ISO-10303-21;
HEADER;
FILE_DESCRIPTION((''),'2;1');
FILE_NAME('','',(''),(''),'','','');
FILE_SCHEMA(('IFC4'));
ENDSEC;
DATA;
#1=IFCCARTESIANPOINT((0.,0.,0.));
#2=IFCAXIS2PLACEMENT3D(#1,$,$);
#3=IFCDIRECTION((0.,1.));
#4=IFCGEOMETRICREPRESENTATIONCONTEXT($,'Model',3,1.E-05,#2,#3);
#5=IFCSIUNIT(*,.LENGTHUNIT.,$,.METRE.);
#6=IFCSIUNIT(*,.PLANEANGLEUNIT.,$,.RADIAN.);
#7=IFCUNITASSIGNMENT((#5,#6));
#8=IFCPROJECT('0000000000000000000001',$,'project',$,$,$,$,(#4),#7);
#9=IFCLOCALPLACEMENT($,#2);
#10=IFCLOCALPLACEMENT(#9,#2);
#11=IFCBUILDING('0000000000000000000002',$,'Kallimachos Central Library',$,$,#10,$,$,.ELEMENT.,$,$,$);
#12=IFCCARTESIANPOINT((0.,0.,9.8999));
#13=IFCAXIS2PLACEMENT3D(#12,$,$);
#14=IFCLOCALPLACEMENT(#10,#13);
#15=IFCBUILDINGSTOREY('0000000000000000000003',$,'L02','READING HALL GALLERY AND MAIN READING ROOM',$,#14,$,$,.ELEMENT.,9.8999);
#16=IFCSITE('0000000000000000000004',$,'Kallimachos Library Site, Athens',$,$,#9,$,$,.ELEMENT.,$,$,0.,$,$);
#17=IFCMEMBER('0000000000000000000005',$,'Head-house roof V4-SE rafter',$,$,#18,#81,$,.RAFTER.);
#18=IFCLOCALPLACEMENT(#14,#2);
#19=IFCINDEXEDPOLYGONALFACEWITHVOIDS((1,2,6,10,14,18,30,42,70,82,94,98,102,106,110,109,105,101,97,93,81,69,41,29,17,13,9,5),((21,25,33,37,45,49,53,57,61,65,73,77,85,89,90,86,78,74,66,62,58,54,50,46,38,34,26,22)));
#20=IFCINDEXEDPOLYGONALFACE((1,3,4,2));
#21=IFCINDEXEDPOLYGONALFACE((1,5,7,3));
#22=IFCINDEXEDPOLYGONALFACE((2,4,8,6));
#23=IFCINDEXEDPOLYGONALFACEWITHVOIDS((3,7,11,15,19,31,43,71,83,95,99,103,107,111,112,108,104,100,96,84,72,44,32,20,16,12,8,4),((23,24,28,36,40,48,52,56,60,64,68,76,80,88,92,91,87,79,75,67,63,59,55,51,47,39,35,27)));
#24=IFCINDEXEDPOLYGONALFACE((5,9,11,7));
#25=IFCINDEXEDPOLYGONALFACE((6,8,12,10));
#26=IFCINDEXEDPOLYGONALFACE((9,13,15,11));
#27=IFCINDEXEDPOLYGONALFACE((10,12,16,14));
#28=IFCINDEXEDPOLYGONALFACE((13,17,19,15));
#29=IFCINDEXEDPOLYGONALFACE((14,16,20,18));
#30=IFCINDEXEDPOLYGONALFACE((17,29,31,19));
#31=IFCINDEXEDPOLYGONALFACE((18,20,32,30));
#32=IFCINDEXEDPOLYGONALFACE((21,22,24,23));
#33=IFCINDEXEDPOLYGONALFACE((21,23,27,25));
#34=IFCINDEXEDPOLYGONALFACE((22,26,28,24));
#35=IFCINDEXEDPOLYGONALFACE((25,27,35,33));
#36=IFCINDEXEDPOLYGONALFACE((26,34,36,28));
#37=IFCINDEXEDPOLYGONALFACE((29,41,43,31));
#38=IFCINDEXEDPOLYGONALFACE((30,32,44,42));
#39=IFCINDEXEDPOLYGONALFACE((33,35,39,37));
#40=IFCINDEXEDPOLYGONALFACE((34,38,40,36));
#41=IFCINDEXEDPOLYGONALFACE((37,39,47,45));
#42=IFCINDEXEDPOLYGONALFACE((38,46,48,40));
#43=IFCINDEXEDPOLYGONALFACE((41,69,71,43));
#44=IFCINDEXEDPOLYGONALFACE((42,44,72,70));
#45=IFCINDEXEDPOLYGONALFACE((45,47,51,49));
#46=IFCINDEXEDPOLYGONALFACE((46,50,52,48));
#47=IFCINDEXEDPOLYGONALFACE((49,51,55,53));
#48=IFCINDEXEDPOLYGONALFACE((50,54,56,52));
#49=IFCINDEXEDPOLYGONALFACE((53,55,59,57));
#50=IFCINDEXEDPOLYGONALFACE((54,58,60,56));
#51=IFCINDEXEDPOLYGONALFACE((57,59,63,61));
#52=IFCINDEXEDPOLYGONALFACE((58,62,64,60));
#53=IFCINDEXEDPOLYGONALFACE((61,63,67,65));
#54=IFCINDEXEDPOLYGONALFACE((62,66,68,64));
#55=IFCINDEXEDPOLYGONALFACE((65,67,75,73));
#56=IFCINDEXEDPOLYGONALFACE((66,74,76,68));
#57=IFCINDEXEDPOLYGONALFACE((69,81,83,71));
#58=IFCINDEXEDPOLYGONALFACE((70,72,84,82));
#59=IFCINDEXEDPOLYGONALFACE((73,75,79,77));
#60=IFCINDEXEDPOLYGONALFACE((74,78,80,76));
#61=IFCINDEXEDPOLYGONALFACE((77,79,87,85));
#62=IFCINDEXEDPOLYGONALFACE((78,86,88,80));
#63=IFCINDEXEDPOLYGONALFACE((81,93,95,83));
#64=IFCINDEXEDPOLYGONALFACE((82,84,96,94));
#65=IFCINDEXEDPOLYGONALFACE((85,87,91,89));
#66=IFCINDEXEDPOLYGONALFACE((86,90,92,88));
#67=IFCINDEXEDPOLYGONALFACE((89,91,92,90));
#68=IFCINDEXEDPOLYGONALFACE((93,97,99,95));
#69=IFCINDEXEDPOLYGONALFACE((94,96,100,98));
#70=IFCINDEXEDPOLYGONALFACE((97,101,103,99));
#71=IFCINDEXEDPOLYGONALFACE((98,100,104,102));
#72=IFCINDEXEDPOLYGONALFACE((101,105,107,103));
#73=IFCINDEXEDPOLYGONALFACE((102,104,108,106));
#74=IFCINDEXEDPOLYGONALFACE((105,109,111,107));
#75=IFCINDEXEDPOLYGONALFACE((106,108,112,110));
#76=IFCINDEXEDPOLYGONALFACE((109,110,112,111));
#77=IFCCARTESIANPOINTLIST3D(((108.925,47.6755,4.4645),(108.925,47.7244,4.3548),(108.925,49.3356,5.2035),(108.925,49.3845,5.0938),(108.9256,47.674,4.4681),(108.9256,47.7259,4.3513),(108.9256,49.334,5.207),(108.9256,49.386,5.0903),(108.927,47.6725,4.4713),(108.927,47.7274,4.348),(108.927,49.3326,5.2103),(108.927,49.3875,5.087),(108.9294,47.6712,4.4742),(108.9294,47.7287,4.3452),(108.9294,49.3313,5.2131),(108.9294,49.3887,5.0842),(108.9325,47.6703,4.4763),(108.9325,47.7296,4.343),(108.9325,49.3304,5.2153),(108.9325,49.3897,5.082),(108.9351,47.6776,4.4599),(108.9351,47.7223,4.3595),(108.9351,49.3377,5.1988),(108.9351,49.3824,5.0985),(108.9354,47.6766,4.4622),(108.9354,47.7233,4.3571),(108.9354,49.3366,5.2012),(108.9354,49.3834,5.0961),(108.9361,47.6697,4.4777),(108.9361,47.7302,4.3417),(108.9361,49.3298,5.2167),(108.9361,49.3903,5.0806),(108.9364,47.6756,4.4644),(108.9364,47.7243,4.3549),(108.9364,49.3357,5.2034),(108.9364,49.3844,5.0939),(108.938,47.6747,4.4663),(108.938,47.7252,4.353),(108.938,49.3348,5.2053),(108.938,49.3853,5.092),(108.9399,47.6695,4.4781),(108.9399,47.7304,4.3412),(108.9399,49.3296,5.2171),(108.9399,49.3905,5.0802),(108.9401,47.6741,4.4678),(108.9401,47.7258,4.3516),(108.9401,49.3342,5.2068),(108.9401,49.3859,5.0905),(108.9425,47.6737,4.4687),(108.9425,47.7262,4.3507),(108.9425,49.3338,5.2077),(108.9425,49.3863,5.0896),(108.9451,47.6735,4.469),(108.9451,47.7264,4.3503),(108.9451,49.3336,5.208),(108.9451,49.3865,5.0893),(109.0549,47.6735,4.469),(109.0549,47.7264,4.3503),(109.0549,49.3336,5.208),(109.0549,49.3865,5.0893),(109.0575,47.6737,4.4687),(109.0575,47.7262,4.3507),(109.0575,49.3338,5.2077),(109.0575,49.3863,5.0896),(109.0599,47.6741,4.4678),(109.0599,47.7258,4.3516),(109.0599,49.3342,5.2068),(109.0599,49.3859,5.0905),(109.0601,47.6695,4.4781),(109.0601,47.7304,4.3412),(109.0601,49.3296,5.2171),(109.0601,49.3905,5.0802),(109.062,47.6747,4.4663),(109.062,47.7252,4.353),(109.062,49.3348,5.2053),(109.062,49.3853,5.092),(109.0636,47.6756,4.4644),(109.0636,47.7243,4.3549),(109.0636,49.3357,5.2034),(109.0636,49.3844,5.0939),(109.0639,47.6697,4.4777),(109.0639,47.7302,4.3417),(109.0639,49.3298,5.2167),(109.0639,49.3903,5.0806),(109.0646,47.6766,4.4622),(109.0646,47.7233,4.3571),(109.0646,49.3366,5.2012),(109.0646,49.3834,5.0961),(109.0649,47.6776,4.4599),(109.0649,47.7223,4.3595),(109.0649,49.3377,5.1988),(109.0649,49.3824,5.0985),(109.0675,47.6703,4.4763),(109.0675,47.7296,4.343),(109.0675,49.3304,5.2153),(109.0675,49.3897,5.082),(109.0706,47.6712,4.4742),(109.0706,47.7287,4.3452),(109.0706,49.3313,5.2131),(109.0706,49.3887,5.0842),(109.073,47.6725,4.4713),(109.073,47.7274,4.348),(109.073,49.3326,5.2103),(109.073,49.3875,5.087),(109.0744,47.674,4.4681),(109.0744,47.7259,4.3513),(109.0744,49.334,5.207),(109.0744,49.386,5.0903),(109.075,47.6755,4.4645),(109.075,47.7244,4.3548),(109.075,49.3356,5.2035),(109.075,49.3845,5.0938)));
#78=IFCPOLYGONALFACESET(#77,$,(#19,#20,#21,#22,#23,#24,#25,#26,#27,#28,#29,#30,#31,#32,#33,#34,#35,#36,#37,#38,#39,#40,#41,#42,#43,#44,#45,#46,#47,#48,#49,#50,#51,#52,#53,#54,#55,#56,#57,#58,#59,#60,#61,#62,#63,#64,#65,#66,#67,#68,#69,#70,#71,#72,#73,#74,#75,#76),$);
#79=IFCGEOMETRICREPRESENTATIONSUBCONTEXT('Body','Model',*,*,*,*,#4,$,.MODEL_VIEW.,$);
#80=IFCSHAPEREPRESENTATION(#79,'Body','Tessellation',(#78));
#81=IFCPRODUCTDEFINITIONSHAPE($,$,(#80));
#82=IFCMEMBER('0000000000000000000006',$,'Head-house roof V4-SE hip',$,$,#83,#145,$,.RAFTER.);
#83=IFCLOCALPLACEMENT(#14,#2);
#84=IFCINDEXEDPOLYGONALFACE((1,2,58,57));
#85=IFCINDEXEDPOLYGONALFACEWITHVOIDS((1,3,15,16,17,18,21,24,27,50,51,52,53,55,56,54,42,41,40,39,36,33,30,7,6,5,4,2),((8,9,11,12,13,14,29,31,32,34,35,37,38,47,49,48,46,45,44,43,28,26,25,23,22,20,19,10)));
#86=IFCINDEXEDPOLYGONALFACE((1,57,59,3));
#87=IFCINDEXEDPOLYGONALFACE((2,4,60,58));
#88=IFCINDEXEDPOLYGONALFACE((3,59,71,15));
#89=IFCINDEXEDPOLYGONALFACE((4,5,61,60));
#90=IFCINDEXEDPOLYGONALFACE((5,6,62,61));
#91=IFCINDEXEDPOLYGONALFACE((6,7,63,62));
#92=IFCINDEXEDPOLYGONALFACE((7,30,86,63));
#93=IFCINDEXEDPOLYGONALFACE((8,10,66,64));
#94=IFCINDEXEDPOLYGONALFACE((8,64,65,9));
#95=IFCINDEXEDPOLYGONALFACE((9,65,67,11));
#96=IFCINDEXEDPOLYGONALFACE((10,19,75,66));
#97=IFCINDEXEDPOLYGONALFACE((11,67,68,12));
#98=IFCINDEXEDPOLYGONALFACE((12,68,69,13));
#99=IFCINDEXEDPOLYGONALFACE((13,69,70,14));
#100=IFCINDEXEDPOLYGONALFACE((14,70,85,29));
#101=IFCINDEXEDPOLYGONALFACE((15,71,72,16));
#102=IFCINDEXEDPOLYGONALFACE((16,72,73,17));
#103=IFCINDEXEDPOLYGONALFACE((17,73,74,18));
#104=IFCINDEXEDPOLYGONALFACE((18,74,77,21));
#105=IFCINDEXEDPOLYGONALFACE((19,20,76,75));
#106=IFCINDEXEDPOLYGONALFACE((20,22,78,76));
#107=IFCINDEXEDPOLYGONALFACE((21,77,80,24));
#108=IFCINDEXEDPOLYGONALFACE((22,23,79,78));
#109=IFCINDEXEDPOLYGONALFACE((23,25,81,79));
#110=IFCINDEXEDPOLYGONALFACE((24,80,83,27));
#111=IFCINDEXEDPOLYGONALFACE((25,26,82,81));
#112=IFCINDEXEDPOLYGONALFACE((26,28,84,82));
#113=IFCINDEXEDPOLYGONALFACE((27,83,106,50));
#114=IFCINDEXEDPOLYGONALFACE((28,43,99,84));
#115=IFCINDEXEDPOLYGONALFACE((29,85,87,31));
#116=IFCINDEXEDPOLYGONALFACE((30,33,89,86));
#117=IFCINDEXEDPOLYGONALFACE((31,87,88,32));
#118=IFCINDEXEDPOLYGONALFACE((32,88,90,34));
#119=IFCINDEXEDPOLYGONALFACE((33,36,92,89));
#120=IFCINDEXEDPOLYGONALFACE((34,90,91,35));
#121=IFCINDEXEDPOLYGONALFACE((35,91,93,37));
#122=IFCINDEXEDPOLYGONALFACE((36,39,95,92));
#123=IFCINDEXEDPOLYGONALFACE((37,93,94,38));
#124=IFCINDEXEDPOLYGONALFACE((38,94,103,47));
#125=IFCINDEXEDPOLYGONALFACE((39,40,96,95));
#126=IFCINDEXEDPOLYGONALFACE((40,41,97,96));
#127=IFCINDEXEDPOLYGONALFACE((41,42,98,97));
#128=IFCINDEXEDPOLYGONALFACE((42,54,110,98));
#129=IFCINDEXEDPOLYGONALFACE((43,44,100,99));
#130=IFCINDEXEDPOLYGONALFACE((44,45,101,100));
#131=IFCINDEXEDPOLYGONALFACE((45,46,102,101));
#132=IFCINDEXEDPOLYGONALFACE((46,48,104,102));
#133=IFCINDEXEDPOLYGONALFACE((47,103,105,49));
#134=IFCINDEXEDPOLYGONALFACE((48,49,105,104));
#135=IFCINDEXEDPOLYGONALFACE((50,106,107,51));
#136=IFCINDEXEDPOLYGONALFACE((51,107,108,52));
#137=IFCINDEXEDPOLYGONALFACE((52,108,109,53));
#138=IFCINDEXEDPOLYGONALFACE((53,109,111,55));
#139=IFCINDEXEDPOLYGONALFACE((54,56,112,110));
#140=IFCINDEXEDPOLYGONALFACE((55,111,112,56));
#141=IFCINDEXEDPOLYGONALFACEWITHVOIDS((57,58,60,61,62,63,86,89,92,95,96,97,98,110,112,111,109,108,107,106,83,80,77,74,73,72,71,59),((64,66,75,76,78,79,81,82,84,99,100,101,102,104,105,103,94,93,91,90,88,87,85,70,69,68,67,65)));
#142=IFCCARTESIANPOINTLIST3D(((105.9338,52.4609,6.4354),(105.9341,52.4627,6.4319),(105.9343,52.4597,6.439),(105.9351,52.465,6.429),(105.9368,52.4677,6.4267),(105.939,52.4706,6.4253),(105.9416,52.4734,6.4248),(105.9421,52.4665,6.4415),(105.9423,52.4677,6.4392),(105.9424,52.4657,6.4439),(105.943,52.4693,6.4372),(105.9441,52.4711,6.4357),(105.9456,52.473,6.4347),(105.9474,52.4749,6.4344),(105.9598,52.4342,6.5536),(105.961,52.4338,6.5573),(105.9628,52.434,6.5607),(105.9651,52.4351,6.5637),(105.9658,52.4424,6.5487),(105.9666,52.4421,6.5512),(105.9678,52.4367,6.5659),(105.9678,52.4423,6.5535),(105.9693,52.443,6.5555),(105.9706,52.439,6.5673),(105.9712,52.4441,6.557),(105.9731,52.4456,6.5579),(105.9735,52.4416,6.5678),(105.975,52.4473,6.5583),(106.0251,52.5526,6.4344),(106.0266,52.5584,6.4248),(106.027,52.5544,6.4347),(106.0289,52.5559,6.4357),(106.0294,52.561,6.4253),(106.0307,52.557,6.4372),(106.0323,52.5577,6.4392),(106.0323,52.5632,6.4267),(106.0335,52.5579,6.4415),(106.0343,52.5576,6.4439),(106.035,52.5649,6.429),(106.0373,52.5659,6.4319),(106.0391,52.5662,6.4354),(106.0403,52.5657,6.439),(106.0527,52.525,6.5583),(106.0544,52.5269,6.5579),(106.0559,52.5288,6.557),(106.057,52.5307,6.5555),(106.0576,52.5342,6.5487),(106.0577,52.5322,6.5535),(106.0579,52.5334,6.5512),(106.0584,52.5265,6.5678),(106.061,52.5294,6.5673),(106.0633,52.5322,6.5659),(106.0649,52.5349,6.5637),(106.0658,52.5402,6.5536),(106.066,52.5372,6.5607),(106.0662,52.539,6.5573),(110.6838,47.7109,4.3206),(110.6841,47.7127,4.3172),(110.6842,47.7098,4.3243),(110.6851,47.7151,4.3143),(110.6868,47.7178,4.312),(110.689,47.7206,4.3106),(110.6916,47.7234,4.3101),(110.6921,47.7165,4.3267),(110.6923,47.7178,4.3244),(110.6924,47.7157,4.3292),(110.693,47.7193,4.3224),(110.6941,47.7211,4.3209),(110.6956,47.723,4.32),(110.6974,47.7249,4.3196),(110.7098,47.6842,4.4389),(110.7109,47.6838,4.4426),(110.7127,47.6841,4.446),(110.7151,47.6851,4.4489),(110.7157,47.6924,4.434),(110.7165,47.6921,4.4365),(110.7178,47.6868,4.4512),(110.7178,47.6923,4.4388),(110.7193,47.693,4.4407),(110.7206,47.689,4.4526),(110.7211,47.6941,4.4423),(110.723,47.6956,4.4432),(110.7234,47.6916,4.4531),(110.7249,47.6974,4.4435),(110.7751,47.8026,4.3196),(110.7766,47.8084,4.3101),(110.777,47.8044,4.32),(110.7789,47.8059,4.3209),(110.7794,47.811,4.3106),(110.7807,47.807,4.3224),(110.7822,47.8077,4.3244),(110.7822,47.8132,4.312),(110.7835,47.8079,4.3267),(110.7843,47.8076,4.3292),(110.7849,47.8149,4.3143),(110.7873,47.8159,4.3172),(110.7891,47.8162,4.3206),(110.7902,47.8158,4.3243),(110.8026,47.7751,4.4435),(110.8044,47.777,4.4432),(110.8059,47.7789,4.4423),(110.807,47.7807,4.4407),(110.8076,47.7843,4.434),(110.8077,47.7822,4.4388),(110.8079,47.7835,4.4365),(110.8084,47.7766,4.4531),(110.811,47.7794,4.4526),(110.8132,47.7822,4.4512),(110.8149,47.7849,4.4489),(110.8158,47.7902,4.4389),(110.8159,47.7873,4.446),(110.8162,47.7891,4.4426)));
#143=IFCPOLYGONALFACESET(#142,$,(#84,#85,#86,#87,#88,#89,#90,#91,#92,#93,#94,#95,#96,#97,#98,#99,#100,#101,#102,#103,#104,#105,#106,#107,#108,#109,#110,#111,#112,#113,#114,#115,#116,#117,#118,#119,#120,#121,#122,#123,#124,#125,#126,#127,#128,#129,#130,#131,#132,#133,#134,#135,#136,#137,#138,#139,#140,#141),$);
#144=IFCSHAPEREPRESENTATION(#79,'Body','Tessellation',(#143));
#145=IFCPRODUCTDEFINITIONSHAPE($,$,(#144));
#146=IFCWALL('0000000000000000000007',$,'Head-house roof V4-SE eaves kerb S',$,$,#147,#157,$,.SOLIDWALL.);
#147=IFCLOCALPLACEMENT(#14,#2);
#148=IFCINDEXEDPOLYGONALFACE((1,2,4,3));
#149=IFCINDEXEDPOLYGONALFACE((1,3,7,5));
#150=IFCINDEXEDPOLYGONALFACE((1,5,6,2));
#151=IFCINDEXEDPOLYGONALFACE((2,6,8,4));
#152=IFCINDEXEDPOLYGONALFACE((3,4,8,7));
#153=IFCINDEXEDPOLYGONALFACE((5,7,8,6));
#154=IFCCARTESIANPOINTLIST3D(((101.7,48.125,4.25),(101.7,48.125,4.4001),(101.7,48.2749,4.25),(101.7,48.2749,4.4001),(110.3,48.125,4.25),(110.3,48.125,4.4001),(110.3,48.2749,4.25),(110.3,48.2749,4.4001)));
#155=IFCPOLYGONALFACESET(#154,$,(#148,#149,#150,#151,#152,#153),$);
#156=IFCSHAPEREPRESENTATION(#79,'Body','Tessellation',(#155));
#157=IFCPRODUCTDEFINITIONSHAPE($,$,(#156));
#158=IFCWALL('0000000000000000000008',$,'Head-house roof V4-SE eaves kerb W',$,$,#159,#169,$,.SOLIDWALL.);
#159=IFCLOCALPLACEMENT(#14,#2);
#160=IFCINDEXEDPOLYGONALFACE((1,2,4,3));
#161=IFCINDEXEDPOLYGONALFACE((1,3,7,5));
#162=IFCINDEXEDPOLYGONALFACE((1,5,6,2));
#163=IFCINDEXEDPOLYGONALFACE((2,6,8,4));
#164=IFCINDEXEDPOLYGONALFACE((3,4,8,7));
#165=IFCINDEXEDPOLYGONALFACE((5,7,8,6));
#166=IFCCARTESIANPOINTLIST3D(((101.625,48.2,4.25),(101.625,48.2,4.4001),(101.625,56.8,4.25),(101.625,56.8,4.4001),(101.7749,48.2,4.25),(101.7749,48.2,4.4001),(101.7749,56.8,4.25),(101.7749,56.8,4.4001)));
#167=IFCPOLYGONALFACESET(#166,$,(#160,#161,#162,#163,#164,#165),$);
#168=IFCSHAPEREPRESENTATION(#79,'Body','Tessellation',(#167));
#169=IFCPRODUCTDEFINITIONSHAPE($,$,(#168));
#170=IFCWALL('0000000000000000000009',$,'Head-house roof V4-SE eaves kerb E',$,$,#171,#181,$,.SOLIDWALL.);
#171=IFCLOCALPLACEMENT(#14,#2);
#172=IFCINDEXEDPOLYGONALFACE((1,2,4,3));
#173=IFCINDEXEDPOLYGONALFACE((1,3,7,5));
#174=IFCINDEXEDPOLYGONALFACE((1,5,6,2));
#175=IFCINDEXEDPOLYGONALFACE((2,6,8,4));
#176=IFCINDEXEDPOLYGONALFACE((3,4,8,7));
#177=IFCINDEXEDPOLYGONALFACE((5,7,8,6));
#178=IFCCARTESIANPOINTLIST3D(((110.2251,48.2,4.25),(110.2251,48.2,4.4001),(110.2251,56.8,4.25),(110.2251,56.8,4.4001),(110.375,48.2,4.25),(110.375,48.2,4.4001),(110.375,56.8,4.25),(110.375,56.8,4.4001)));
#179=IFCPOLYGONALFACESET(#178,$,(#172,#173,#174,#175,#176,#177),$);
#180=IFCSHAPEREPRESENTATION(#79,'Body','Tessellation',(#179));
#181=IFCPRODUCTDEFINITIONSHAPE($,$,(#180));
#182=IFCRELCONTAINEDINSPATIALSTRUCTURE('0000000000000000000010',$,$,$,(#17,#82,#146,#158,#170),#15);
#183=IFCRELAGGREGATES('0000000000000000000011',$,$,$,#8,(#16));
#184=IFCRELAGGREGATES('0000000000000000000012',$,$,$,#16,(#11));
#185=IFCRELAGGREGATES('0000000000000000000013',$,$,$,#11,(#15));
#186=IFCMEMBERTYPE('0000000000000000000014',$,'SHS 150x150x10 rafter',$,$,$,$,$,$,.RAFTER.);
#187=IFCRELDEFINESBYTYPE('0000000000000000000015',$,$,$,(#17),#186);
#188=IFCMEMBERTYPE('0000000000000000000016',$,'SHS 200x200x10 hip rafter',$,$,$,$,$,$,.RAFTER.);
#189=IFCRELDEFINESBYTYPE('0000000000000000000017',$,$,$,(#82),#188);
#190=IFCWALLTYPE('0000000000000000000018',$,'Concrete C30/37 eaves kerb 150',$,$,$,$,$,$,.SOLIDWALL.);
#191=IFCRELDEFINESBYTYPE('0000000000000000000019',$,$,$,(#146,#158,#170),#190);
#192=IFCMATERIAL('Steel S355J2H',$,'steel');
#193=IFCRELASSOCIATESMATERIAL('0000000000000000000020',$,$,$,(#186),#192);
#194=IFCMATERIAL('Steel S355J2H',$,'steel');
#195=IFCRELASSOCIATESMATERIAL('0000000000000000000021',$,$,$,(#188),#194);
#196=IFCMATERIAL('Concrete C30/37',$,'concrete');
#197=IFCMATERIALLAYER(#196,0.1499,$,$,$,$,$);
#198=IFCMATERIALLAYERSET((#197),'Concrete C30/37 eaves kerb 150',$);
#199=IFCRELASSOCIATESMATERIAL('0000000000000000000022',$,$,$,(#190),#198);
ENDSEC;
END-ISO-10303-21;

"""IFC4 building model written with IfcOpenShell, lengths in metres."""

from ifc_helpers import new_model, si_unit, direction, frame, frame_2d, origin, origin_2d, place, context, subcontext, project, spatial, rectangle, hollow_rectangle, extrude, material, layer, layer_set, material_profile, profile_set, type_object, element, save


model = new_model("IFC4")

# Units and contexts
model_context = context("Model", 3, precision=1e-05, world=origin(), true_north=direction((0.0, 1.0)))
body_context = subcontext(model_context, "Body", "Model", "MODEL_VIEW")
ifc_project = project(units=[si_unit("LENGTHUNIT", "METRE"), si_unit("PLANEANGLEUNIT", "RADIAN")], contexts=[model_context])

# Site, building, storey
site_placement = place(None, origin())
site = spatial("IfcSite", under=ifc_project, at=site_placement, Name="Kallimachos Library Site, Athens", CompositionType="ELEMENT", RefElevation=0.0)
building_placement = place(site_placement, origin())
building = spatial("IfcBuilding", under=site, at=building_placement, Name="Kallimachos Central Library", CompositionType="ELEMENT")
storey_placement = place(building_placement, frame((0.0, 0.0, 9.8999)))
storey = spatial("IfcBuildingStorey", under=building, at=storey_placement, Name="L02", Description="READING HALL GALLERY AND MAIN READING ROOM", CompositionType="ELEMENT", Elevation=9.8999)

# Members
ifc_material_1 = material(Name="Steel S355J2H", Category="steel")
ifc_material_profile_1 = material_profile(ifc_material_1, hollow_rectangle(XDim=0.1499, YDim=0.1499, WallThickness=0.01, InnerFilletRadius=0.01, OuterFilletRadius=0.0149, at=origin_2d()), Name="SHS 150x150x10")
ifc_profile_set_1 = profile_set([ifc_material_profile_1], Name="Steel S355J2H")
member_type_1 = type_object("IfcMemberType", Name="SHS 150x150x10 rafter", PredefinedType="RAFTER", material=ifc_profile_set_1)
member_1_placement = place(storey_placement, frame((109.0, 47.7, 4.4097), z_axis=(0.0, 0.913573, 0.406674), x_axis=(-1.0, 0.0, 0.0)))
element("IfcMember", 1, at=member_1_placement, inside=storey, type_object=member_type_1, Name="Head-house roof V4-SE rafter", PredefinedType="RAFTER", context=body_context, shape_type="SweptSolid", body=[
    extrude(hollow_rectangle(XDim=0.1499, YDim=0.1499, WallThickness=0.01, InnerFilletRadius=0.01, OuterFilletRadius=0.0149, at=origin_2d()), origin(), (0.0, 0.0, 1.0), 1.8171),
])
ifc_material_2 = material(Name="Steel S355J2H", Category="steel")
ifc_material_profile_2 = material_profile(ifc_material_2, hollow_rectangle(XDim=0.1499, YDim=0.1499, WallThickness=0.01, InnerFilletRadius=0.01, OuterFilletRadius=0.0149, at=origin_2d()), Name="SHS 150x150x10")
ifc_profile_set_2 = profile_set([ifc_material_profile_2], Name="Steel S355J2H")
member_type_2 = type_object("IfcMemberType", Name="SHS 200x200x10 hip rafter", PredefinedType="RAFTER", material=ifc_profile_set_2)
member_2_placement = place(storey_placement, frame((110.75, 47.75, 4.3816), z_axis=(-0.674474, 0.674474, 0.300282), x_axis=(-0.707107, -0.707107, 0.0)))
element("IfcMember", 2, at=member_2_placement, inside=storey, type_object=member_type_2, Name="Head-house roof V4-SE hip", PredefinedType="RAFTER", context=body_context, shape_type="SweptSolid", body=[
    extrude(hollow_rectangle(XDim=0.1499, YDim=0.1499, WallThickness=0.01, InnerFilletRadius=0.01, OuterFilletRadius=0.0149, at=origin_2d()), origin(), (0.0, 0.0, 1.0), 7.0425),
])

# Walls
ifc_material_3 = material(Name="Concrete C30/37", Category="concrete")
ifc_layer_1 = layer(ifc_material_3, 0.1499)
ifc_layer_set_1 = layer_set([ifc_layer_1], Name="Concrete C30/37 eaves kerb 150")
wall_type_1 = type_object("IfcWallType", Name="Concrete C30/37 eaves kerb 150", PredefinedType="SOLIDWALL", material=ifc_layer_set_1)
for number, where, z_axis, x_axis, name in (
    (3, (101.7, 48.2, 4.25), (0.0, 0.0, 1.0), (1.0, 0.0, 0.0), "Head-house roof V4-SE eaves kerb S"),
    (4, (101.7, 48.2, 4.25), (0.0, 0.0, 1.0), (0.0, 1.0, 0.0), "Head-house roof V4-SE eaves kerb W"),
    (5, (110.3, 48.2, 4.25), (0.0, 0.0, 1.0), (0.0, 1.0, 0.0), "Head-house roof V4-SE eaves kerb E"),
):
    element("IfcWall", number, at=place(storey_placement, frame(where, z_axis=z_axis, x_axis=x_axis)), inside=storey, type_object=wall_type_1, Name=name, PredefinedType="SOLIDWALL", context=body_context, shape_type="SweptSolid", body=[
        extrude(rectangle(XDim=8.6001, YDim=0.1499, at=frame_2d((4.3, 0.0))), origin(), (0.0, 0.0, 1.0), 0.1501),
    ])

save(model, "model.ifc")
